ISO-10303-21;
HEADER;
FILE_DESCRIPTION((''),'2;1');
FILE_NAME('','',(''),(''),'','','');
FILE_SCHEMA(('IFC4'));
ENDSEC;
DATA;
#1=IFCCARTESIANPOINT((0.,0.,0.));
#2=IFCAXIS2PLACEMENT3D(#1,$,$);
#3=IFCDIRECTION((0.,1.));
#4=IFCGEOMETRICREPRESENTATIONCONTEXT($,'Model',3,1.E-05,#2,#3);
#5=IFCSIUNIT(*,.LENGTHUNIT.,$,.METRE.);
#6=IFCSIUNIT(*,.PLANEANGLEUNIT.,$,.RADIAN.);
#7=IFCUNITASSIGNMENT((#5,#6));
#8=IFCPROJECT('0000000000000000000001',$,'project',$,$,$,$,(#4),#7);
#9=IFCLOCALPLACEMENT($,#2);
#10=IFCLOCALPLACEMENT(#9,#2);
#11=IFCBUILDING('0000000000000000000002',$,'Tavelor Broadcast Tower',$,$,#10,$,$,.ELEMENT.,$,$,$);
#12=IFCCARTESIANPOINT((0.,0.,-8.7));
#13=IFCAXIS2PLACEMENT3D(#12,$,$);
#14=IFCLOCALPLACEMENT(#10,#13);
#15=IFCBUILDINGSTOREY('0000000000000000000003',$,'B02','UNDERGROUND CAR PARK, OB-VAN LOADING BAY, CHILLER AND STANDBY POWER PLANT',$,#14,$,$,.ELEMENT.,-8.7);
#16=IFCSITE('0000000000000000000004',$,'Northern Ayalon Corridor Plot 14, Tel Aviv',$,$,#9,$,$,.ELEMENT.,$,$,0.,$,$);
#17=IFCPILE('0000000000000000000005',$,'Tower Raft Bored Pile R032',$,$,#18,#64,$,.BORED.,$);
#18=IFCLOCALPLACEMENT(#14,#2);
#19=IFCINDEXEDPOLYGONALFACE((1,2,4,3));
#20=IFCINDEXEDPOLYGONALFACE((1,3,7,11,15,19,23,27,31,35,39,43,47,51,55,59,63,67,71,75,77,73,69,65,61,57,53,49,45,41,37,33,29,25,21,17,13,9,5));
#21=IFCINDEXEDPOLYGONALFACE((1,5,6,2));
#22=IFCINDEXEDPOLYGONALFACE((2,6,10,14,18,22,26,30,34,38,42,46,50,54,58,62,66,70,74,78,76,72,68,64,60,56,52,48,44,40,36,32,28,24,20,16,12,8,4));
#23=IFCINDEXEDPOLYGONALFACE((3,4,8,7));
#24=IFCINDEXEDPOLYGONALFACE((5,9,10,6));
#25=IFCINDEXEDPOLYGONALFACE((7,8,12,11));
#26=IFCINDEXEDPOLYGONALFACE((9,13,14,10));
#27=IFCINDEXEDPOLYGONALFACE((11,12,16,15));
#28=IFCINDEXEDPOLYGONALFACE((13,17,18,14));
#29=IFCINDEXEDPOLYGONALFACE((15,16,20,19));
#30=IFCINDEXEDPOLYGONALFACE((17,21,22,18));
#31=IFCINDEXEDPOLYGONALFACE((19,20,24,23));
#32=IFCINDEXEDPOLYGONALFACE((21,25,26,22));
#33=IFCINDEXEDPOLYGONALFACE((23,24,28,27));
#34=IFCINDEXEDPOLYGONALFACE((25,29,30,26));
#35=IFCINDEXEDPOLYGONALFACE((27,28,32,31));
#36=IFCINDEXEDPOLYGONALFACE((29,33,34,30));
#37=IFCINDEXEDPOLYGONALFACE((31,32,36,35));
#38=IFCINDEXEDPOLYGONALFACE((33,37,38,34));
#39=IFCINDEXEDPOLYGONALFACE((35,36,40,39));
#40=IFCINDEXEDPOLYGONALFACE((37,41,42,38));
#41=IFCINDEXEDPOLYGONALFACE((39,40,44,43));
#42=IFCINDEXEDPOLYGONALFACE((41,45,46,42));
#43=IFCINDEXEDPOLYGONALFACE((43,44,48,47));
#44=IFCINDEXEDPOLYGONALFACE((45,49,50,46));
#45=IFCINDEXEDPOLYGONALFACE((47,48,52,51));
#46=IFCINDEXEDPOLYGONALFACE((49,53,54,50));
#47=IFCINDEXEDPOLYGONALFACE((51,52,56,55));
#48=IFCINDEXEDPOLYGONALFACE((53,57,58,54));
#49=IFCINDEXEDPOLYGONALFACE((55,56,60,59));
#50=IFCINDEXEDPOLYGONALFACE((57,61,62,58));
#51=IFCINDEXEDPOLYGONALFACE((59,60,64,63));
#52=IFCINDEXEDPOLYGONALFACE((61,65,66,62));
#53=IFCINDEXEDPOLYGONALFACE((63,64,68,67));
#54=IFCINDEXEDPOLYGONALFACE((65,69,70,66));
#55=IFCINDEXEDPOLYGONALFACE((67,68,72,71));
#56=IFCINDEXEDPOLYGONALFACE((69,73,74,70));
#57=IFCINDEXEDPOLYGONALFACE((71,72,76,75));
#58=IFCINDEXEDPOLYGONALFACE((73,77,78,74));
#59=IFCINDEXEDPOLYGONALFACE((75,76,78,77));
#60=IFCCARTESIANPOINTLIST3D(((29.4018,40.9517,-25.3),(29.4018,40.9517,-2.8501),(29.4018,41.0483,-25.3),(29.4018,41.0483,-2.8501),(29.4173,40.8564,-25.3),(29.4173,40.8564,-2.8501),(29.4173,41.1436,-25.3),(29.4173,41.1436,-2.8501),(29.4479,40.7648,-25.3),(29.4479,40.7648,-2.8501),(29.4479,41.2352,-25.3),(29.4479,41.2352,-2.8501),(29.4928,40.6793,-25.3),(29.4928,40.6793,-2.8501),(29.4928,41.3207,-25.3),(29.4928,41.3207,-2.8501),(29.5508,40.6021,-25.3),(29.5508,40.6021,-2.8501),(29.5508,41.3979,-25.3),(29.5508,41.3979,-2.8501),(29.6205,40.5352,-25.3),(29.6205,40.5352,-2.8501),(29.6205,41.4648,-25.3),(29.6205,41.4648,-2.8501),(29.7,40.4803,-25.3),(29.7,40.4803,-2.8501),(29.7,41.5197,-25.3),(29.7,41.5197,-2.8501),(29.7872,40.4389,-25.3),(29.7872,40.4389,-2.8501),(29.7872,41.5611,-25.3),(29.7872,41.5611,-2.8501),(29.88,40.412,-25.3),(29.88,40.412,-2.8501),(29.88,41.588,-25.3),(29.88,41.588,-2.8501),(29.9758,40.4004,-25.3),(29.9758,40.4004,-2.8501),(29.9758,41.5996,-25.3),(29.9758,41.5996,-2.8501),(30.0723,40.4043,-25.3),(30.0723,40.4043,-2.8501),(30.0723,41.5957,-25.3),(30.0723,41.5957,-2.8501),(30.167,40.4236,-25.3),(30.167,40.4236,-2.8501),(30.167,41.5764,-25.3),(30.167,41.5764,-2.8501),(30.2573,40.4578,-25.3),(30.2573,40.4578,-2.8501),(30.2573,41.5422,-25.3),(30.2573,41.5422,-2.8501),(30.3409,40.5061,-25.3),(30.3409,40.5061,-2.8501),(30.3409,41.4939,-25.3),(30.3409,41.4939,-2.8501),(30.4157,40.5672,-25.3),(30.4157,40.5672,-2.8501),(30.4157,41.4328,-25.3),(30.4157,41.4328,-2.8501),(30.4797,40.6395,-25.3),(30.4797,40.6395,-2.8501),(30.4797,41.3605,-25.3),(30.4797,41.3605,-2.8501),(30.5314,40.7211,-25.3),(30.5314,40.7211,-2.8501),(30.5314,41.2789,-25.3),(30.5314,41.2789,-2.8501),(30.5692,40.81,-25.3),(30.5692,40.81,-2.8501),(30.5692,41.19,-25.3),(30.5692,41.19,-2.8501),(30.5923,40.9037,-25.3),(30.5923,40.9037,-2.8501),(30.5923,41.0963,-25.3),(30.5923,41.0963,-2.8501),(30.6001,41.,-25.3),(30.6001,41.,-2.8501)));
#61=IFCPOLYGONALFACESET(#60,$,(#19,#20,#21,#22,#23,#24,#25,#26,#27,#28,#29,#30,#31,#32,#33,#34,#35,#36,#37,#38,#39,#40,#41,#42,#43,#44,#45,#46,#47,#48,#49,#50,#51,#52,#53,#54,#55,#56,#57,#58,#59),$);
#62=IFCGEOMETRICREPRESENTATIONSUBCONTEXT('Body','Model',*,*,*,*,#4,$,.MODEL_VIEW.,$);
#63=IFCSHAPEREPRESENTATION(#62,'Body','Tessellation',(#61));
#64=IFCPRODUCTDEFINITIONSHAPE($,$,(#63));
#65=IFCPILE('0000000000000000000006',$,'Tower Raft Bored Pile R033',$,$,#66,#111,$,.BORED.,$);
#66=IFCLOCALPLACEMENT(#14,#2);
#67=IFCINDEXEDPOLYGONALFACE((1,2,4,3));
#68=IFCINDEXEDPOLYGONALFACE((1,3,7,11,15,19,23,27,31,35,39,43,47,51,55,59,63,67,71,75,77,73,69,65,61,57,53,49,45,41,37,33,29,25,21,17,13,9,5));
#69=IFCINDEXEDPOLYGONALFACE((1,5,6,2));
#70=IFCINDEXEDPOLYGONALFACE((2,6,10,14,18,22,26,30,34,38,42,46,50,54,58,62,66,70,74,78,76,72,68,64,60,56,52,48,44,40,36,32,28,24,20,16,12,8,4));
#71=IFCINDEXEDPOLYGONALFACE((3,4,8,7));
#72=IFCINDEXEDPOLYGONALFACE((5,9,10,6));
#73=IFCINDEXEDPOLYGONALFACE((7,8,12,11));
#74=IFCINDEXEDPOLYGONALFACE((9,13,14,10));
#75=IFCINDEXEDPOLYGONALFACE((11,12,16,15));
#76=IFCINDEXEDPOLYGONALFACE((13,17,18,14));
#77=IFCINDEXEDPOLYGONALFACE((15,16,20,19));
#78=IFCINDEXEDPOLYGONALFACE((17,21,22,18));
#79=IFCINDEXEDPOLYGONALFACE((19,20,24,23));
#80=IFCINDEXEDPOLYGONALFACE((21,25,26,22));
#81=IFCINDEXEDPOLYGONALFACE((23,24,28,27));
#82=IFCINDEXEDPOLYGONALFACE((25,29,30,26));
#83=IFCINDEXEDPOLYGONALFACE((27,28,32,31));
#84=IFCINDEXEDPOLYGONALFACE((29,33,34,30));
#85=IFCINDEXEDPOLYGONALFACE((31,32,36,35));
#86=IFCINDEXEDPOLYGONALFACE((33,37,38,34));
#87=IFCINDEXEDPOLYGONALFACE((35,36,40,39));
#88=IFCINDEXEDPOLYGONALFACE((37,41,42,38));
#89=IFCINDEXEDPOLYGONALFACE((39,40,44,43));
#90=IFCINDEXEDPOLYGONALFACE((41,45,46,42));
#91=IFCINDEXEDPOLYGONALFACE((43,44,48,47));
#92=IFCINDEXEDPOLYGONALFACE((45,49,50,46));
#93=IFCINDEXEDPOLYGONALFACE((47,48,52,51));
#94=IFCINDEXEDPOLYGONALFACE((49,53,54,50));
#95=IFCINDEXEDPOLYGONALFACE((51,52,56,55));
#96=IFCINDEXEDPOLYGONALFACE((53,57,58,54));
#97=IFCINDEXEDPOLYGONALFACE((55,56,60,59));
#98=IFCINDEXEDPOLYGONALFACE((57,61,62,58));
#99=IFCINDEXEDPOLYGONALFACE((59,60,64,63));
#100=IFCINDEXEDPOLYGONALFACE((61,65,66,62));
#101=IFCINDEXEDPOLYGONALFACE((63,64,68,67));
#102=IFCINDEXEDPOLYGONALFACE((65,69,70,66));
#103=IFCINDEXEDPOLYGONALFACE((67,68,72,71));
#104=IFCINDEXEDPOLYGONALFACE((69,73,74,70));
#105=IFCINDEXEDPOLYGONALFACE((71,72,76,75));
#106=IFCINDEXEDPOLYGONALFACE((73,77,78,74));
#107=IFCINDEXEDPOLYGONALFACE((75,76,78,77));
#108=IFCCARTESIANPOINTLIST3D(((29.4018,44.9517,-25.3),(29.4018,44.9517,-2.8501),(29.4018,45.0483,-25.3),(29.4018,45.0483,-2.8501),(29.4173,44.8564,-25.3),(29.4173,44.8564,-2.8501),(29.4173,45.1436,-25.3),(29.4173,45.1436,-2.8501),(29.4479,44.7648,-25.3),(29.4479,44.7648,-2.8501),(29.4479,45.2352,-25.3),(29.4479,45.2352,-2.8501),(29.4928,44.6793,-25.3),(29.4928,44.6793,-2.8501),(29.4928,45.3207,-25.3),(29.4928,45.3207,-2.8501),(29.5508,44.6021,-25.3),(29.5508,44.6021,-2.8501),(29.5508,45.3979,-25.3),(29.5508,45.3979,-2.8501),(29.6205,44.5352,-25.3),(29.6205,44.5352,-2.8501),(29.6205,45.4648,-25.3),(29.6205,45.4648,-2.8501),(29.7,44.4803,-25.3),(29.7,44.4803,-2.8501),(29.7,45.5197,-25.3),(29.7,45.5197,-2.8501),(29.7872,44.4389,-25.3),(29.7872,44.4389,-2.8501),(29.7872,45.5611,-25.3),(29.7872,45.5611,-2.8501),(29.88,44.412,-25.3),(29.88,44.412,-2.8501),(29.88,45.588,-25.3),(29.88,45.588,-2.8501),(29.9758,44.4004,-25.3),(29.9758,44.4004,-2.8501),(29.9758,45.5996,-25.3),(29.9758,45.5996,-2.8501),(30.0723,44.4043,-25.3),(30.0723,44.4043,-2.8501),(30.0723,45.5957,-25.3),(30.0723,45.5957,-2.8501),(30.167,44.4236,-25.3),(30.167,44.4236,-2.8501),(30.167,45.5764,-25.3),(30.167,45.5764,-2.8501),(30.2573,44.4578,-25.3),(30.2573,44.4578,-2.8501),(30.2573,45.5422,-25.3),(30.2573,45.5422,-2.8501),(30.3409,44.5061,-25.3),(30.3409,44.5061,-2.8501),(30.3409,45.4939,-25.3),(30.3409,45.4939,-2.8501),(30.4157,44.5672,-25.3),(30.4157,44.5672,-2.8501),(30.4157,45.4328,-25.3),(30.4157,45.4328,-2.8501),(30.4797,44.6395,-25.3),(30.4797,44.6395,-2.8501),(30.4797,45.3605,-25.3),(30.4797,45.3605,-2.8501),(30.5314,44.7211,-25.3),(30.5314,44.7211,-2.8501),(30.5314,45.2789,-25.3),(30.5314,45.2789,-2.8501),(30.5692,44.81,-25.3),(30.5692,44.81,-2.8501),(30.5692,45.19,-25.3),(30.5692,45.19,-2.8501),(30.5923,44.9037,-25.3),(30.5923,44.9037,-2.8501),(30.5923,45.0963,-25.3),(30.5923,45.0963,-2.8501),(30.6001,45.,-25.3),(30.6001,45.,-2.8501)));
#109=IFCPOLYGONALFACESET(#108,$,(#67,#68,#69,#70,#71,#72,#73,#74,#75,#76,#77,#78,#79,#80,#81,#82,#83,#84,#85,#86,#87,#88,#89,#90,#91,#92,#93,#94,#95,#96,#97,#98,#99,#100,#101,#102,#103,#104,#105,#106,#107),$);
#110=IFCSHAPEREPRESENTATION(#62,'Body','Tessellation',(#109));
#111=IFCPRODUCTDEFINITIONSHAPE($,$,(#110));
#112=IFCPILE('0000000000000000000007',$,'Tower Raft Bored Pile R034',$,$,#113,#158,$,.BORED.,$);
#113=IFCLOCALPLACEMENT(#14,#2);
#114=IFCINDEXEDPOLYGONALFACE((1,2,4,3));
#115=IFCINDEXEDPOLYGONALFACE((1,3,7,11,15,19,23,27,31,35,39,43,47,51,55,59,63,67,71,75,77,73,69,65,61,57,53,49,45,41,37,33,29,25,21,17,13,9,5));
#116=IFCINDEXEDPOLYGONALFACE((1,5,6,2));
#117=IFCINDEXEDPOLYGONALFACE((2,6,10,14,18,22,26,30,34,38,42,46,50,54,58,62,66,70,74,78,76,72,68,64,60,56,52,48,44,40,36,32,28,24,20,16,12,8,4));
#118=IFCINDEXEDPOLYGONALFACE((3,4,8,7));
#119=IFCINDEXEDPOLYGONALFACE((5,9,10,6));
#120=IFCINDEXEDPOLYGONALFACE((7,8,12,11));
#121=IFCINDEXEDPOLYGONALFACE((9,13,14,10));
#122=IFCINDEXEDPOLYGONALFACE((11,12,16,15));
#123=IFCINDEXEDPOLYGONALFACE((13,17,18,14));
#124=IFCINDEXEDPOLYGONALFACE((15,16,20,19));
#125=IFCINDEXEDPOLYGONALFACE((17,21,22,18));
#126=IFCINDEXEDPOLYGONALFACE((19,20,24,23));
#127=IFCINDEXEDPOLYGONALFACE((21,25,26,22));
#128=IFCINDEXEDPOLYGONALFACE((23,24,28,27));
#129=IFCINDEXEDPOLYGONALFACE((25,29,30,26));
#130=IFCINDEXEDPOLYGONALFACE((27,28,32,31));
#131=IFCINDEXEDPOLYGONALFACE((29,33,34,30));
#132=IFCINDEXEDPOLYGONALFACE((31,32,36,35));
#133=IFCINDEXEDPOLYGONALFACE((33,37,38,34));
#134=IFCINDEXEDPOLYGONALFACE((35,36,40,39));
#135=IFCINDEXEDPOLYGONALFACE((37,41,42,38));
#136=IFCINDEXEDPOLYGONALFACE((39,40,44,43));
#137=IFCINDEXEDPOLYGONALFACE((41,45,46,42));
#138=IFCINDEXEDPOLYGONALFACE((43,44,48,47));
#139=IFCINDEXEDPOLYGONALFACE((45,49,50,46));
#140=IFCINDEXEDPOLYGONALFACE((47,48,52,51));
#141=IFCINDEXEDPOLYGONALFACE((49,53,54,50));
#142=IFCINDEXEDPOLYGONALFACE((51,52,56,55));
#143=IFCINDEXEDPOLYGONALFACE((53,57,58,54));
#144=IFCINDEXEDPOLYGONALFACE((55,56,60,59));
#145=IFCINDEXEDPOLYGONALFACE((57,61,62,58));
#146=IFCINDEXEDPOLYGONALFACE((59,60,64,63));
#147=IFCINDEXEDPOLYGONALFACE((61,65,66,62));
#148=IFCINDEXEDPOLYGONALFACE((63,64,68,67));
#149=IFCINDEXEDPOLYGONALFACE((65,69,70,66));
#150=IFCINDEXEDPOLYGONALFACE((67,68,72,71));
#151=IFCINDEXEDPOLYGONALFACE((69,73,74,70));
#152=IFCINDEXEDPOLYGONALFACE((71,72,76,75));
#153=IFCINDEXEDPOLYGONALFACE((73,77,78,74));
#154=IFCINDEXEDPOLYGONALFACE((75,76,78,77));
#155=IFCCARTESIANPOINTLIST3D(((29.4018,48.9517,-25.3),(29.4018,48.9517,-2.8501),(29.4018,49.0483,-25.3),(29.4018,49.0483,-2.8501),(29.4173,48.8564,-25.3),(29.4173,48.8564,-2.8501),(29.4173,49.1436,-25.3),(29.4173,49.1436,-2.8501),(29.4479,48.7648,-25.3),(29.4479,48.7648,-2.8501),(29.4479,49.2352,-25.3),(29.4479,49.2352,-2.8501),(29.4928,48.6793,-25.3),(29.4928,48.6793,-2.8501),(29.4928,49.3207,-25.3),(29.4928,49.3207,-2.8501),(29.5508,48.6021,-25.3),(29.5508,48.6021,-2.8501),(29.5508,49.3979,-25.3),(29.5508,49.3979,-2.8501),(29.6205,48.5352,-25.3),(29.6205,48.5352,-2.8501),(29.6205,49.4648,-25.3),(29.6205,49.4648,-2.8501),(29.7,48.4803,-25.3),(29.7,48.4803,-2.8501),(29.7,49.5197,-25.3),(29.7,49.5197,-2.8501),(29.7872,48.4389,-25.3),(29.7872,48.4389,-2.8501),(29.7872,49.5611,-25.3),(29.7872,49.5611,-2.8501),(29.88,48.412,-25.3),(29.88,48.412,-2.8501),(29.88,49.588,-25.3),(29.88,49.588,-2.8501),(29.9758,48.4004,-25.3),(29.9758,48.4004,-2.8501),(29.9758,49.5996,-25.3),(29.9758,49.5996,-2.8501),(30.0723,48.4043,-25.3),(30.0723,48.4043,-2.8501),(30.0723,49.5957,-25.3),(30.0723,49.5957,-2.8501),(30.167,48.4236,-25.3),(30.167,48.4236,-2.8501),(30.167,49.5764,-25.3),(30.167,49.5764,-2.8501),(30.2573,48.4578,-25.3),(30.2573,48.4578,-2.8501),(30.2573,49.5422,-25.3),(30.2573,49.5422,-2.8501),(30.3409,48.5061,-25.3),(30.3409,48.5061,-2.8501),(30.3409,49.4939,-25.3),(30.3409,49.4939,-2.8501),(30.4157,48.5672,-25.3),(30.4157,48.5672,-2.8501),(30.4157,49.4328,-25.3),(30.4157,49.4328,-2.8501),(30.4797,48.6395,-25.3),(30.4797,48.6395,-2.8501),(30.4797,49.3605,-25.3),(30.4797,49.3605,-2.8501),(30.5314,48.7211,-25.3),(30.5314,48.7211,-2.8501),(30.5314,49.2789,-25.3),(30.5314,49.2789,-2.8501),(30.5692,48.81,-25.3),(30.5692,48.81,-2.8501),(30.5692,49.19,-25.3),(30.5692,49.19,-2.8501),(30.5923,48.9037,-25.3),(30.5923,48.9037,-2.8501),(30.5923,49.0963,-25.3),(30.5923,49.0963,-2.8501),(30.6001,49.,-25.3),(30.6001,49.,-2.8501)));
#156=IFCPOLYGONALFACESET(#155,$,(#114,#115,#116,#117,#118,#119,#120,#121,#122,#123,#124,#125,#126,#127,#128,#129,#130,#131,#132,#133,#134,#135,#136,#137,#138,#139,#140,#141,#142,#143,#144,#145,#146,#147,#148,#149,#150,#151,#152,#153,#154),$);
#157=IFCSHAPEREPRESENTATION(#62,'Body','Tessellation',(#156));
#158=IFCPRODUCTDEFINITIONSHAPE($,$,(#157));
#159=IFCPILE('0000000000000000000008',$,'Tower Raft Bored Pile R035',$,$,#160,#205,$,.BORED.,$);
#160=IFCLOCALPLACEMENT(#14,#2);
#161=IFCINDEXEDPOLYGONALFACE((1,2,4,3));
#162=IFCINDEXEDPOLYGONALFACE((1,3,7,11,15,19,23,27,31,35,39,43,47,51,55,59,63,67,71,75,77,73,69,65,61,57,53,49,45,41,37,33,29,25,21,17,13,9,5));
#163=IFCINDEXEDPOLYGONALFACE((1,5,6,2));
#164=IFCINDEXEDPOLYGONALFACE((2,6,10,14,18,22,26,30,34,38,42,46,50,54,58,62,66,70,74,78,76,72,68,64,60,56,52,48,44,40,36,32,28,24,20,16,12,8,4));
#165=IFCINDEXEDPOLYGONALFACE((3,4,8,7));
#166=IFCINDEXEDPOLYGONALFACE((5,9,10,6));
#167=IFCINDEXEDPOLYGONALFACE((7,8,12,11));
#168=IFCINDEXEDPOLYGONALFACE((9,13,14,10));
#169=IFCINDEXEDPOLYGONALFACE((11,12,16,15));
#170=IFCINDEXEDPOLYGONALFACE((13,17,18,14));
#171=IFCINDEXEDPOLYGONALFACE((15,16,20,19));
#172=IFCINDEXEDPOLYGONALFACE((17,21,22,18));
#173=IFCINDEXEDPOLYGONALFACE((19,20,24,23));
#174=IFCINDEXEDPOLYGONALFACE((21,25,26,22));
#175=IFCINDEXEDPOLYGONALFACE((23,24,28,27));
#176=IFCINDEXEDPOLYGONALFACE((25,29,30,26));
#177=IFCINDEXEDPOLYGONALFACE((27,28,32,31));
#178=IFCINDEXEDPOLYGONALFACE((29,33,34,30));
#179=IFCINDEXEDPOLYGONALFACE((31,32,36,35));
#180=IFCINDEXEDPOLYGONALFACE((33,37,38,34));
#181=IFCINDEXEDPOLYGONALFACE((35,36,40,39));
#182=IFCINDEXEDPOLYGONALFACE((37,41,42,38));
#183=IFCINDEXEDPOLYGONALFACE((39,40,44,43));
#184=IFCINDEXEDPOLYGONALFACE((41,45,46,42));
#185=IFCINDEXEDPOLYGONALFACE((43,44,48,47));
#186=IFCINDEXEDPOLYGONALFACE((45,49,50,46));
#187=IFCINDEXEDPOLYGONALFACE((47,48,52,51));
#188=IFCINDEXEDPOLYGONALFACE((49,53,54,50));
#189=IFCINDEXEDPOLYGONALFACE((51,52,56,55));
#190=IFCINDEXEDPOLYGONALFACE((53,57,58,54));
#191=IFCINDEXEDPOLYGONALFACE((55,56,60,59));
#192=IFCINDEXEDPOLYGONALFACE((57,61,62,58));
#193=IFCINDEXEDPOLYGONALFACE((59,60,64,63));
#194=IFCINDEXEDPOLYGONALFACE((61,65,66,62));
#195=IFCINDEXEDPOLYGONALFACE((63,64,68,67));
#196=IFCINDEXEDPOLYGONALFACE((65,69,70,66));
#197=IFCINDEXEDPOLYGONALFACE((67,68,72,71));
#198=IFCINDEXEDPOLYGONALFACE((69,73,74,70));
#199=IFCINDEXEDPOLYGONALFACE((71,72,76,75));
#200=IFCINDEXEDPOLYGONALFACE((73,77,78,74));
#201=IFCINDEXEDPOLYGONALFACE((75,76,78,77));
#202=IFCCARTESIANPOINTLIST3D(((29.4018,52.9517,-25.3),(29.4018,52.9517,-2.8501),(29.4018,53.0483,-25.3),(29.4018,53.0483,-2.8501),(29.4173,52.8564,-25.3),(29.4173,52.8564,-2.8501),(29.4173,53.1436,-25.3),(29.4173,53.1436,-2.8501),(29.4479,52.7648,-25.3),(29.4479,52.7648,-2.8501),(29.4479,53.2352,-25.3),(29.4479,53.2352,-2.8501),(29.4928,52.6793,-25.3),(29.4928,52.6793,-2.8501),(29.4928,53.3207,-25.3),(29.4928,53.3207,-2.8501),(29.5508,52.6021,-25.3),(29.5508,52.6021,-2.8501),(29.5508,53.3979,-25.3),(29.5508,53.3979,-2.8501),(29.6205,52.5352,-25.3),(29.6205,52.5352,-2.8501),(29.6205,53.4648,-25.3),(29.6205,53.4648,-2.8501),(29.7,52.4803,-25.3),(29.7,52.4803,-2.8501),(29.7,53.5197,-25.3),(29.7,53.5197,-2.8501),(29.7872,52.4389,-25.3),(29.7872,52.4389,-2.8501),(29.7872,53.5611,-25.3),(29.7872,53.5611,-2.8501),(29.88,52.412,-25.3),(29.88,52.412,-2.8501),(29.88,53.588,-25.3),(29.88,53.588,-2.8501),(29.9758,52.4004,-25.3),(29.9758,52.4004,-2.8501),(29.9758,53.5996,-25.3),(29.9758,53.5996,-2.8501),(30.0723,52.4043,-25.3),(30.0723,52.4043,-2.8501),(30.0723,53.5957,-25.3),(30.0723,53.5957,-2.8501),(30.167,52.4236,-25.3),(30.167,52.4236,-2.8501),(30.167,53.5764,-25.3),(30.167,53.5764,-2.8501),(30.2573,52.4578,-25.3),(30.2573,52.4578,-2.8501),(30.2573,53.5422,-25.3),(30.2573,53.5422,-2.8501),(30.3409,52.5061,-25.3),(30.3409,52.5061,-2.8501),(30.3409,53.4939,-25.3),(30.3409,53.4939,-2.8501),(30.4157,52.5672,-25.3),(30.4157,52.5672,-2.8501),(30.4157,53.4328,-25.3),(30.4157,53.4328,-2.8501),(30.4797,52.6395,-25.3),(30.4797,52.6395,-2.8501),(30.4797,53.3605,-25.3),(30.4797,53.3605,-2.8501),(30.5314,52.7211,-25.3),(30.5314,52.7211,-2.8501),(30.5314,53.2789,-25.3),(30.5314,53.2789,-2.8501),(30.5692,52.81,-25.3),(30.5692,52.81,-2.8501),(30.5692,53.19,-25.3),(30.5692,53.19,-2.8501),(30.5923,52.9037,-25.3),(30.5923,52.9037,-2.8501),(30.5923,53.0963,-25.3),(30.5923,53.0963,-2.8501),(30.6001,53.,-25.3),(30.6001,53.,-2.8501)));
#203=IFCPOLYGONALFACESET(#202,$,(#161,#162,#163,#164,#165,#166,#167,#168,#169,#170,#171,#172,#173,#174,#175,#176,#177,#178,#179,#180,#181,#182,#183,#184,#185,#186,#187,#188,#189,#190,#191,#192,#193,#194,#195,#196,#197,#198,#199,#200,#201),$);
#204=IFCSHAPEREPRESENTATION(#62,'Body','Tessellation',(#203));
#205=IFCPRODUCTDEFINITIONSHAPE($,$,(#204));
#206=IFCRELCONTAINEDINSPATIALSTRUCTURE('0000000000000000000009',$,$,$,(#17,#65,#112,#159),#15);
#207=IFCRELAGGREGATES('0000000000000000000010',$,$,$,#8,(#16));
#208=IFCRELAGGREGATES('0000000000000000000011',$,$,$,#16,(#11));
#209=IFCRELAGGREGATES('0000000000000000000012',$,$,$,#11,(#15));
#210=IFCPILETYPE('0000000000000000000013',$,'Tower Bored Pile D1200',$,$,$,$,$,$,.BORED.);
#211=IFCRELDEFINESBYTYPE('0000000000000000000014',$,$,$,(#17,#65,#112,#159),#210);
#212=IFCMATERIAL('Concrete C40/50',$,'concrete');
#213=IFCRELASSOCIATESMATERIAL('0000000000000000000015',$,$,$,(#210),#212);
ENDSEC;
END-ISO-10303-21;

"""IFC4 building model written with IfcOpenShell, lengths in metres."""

from ifc_helpers import new_model, si_unit, direction, frame, origin, origin_2d, place, context, subcontext, project, spatial, circle, extrude, material, material_profile, profile_set, type_object, element, save


model = new_model("IFC4")

# Units and contexts
model_context = context("Model", 3, precision=1e-05, world=origin(), true_north=direction((0.0, 1.0)))
body_context = subcontext(model_context, "Body", "Model", "MODEL_VIEW")
ifc_project = project(units=[si_unit("LENGTHUNIT", "METRE"), si_unit("PLANEANGLEUNIT", "RADIAN")], contexts=[model_context])

# Site, building, storey
site_placement = place(None, origin())
site = spatial("IfcSite", under=ifc_project, at=site_placement, Name="Northern Ayalon Corridor Plot 14, Tel Aviv", CompositionType="ELEMENT", RefElevation=0.0)
building_placement = place(site_placement, origin())
building = spatial("IfcBuilding", under=site, at=building_placement, Name="Tavelor Broadcast Tower", CompositionType="ELEMENT")
storey_placement = place(building_placement, frame((0.0, 0.0, -8.7)))
storey = spatial("IfcBuildingStorey", under=building, at=storey_placement, Name="B02", Description="UNDERGROUND CAR PARK, OB-VAN LOADING BAY, CHILLER AND STANDBY POWER PLANT", CompositionType="ELEMENT", Elevation=-8.7)

# Piles
ifc_material_1 = material(Name="Concrete C40/50", Category="concrete")
ifc_material_profile_1 = material_profile(ifc_material_1, circle(Radius=0.6001, at=origin_2d()), Name="PILE D1200")
ifc_profile_set_1 = profile_set([ifc_material_profile_1], Name="Concrete C40/50")
pile_type = type_object("IfcPileType", Name="Tower Bored Pile D1200", PredefinedType="BORED", material=ifc_profile_set_1)
for number, where, z_axis, x_axis, name in (
    (1, (30.0, 41.0, -2.8501), (0.0, 0.0, -1.0), (1.0, 0.0, 0.0), "Tower Raft Bored Pile R032"),
    (2, (30.0, 45.0, -2.8501), (0.0, 0.0, -1.0), (1.0, 0.0, 0.0), "Tower Raft Bored Pile R033"),
    (3, (30.0, 49.0, -2.8501), (0.0, 0.0, -1.0), (1.0, 0.0, 0.0), "Tower Raft Bored Pile R034"),
    (4, (30.0, 53.0, -2.8501), (0.0, 0.0, -1.0), (1.0, 0.0, 0.0), "Tower Raft Bored Pile R035"),
):
    element("IfcPile", number, at=place(storey_placement, frame(where, z_axis=z_axis, x_axis=x_axis)), inside=storey, type_object=pile_type, Name=name, PredefinedType="BORED", context=body_context, shape_type="SweptSolid", body=[
        extrude(circle(Radius=0.6001, at=origin_2d()), origin(), (0.0, 0.0, 1.0), 22.45),
    ])

save(model, "model.ifc")
